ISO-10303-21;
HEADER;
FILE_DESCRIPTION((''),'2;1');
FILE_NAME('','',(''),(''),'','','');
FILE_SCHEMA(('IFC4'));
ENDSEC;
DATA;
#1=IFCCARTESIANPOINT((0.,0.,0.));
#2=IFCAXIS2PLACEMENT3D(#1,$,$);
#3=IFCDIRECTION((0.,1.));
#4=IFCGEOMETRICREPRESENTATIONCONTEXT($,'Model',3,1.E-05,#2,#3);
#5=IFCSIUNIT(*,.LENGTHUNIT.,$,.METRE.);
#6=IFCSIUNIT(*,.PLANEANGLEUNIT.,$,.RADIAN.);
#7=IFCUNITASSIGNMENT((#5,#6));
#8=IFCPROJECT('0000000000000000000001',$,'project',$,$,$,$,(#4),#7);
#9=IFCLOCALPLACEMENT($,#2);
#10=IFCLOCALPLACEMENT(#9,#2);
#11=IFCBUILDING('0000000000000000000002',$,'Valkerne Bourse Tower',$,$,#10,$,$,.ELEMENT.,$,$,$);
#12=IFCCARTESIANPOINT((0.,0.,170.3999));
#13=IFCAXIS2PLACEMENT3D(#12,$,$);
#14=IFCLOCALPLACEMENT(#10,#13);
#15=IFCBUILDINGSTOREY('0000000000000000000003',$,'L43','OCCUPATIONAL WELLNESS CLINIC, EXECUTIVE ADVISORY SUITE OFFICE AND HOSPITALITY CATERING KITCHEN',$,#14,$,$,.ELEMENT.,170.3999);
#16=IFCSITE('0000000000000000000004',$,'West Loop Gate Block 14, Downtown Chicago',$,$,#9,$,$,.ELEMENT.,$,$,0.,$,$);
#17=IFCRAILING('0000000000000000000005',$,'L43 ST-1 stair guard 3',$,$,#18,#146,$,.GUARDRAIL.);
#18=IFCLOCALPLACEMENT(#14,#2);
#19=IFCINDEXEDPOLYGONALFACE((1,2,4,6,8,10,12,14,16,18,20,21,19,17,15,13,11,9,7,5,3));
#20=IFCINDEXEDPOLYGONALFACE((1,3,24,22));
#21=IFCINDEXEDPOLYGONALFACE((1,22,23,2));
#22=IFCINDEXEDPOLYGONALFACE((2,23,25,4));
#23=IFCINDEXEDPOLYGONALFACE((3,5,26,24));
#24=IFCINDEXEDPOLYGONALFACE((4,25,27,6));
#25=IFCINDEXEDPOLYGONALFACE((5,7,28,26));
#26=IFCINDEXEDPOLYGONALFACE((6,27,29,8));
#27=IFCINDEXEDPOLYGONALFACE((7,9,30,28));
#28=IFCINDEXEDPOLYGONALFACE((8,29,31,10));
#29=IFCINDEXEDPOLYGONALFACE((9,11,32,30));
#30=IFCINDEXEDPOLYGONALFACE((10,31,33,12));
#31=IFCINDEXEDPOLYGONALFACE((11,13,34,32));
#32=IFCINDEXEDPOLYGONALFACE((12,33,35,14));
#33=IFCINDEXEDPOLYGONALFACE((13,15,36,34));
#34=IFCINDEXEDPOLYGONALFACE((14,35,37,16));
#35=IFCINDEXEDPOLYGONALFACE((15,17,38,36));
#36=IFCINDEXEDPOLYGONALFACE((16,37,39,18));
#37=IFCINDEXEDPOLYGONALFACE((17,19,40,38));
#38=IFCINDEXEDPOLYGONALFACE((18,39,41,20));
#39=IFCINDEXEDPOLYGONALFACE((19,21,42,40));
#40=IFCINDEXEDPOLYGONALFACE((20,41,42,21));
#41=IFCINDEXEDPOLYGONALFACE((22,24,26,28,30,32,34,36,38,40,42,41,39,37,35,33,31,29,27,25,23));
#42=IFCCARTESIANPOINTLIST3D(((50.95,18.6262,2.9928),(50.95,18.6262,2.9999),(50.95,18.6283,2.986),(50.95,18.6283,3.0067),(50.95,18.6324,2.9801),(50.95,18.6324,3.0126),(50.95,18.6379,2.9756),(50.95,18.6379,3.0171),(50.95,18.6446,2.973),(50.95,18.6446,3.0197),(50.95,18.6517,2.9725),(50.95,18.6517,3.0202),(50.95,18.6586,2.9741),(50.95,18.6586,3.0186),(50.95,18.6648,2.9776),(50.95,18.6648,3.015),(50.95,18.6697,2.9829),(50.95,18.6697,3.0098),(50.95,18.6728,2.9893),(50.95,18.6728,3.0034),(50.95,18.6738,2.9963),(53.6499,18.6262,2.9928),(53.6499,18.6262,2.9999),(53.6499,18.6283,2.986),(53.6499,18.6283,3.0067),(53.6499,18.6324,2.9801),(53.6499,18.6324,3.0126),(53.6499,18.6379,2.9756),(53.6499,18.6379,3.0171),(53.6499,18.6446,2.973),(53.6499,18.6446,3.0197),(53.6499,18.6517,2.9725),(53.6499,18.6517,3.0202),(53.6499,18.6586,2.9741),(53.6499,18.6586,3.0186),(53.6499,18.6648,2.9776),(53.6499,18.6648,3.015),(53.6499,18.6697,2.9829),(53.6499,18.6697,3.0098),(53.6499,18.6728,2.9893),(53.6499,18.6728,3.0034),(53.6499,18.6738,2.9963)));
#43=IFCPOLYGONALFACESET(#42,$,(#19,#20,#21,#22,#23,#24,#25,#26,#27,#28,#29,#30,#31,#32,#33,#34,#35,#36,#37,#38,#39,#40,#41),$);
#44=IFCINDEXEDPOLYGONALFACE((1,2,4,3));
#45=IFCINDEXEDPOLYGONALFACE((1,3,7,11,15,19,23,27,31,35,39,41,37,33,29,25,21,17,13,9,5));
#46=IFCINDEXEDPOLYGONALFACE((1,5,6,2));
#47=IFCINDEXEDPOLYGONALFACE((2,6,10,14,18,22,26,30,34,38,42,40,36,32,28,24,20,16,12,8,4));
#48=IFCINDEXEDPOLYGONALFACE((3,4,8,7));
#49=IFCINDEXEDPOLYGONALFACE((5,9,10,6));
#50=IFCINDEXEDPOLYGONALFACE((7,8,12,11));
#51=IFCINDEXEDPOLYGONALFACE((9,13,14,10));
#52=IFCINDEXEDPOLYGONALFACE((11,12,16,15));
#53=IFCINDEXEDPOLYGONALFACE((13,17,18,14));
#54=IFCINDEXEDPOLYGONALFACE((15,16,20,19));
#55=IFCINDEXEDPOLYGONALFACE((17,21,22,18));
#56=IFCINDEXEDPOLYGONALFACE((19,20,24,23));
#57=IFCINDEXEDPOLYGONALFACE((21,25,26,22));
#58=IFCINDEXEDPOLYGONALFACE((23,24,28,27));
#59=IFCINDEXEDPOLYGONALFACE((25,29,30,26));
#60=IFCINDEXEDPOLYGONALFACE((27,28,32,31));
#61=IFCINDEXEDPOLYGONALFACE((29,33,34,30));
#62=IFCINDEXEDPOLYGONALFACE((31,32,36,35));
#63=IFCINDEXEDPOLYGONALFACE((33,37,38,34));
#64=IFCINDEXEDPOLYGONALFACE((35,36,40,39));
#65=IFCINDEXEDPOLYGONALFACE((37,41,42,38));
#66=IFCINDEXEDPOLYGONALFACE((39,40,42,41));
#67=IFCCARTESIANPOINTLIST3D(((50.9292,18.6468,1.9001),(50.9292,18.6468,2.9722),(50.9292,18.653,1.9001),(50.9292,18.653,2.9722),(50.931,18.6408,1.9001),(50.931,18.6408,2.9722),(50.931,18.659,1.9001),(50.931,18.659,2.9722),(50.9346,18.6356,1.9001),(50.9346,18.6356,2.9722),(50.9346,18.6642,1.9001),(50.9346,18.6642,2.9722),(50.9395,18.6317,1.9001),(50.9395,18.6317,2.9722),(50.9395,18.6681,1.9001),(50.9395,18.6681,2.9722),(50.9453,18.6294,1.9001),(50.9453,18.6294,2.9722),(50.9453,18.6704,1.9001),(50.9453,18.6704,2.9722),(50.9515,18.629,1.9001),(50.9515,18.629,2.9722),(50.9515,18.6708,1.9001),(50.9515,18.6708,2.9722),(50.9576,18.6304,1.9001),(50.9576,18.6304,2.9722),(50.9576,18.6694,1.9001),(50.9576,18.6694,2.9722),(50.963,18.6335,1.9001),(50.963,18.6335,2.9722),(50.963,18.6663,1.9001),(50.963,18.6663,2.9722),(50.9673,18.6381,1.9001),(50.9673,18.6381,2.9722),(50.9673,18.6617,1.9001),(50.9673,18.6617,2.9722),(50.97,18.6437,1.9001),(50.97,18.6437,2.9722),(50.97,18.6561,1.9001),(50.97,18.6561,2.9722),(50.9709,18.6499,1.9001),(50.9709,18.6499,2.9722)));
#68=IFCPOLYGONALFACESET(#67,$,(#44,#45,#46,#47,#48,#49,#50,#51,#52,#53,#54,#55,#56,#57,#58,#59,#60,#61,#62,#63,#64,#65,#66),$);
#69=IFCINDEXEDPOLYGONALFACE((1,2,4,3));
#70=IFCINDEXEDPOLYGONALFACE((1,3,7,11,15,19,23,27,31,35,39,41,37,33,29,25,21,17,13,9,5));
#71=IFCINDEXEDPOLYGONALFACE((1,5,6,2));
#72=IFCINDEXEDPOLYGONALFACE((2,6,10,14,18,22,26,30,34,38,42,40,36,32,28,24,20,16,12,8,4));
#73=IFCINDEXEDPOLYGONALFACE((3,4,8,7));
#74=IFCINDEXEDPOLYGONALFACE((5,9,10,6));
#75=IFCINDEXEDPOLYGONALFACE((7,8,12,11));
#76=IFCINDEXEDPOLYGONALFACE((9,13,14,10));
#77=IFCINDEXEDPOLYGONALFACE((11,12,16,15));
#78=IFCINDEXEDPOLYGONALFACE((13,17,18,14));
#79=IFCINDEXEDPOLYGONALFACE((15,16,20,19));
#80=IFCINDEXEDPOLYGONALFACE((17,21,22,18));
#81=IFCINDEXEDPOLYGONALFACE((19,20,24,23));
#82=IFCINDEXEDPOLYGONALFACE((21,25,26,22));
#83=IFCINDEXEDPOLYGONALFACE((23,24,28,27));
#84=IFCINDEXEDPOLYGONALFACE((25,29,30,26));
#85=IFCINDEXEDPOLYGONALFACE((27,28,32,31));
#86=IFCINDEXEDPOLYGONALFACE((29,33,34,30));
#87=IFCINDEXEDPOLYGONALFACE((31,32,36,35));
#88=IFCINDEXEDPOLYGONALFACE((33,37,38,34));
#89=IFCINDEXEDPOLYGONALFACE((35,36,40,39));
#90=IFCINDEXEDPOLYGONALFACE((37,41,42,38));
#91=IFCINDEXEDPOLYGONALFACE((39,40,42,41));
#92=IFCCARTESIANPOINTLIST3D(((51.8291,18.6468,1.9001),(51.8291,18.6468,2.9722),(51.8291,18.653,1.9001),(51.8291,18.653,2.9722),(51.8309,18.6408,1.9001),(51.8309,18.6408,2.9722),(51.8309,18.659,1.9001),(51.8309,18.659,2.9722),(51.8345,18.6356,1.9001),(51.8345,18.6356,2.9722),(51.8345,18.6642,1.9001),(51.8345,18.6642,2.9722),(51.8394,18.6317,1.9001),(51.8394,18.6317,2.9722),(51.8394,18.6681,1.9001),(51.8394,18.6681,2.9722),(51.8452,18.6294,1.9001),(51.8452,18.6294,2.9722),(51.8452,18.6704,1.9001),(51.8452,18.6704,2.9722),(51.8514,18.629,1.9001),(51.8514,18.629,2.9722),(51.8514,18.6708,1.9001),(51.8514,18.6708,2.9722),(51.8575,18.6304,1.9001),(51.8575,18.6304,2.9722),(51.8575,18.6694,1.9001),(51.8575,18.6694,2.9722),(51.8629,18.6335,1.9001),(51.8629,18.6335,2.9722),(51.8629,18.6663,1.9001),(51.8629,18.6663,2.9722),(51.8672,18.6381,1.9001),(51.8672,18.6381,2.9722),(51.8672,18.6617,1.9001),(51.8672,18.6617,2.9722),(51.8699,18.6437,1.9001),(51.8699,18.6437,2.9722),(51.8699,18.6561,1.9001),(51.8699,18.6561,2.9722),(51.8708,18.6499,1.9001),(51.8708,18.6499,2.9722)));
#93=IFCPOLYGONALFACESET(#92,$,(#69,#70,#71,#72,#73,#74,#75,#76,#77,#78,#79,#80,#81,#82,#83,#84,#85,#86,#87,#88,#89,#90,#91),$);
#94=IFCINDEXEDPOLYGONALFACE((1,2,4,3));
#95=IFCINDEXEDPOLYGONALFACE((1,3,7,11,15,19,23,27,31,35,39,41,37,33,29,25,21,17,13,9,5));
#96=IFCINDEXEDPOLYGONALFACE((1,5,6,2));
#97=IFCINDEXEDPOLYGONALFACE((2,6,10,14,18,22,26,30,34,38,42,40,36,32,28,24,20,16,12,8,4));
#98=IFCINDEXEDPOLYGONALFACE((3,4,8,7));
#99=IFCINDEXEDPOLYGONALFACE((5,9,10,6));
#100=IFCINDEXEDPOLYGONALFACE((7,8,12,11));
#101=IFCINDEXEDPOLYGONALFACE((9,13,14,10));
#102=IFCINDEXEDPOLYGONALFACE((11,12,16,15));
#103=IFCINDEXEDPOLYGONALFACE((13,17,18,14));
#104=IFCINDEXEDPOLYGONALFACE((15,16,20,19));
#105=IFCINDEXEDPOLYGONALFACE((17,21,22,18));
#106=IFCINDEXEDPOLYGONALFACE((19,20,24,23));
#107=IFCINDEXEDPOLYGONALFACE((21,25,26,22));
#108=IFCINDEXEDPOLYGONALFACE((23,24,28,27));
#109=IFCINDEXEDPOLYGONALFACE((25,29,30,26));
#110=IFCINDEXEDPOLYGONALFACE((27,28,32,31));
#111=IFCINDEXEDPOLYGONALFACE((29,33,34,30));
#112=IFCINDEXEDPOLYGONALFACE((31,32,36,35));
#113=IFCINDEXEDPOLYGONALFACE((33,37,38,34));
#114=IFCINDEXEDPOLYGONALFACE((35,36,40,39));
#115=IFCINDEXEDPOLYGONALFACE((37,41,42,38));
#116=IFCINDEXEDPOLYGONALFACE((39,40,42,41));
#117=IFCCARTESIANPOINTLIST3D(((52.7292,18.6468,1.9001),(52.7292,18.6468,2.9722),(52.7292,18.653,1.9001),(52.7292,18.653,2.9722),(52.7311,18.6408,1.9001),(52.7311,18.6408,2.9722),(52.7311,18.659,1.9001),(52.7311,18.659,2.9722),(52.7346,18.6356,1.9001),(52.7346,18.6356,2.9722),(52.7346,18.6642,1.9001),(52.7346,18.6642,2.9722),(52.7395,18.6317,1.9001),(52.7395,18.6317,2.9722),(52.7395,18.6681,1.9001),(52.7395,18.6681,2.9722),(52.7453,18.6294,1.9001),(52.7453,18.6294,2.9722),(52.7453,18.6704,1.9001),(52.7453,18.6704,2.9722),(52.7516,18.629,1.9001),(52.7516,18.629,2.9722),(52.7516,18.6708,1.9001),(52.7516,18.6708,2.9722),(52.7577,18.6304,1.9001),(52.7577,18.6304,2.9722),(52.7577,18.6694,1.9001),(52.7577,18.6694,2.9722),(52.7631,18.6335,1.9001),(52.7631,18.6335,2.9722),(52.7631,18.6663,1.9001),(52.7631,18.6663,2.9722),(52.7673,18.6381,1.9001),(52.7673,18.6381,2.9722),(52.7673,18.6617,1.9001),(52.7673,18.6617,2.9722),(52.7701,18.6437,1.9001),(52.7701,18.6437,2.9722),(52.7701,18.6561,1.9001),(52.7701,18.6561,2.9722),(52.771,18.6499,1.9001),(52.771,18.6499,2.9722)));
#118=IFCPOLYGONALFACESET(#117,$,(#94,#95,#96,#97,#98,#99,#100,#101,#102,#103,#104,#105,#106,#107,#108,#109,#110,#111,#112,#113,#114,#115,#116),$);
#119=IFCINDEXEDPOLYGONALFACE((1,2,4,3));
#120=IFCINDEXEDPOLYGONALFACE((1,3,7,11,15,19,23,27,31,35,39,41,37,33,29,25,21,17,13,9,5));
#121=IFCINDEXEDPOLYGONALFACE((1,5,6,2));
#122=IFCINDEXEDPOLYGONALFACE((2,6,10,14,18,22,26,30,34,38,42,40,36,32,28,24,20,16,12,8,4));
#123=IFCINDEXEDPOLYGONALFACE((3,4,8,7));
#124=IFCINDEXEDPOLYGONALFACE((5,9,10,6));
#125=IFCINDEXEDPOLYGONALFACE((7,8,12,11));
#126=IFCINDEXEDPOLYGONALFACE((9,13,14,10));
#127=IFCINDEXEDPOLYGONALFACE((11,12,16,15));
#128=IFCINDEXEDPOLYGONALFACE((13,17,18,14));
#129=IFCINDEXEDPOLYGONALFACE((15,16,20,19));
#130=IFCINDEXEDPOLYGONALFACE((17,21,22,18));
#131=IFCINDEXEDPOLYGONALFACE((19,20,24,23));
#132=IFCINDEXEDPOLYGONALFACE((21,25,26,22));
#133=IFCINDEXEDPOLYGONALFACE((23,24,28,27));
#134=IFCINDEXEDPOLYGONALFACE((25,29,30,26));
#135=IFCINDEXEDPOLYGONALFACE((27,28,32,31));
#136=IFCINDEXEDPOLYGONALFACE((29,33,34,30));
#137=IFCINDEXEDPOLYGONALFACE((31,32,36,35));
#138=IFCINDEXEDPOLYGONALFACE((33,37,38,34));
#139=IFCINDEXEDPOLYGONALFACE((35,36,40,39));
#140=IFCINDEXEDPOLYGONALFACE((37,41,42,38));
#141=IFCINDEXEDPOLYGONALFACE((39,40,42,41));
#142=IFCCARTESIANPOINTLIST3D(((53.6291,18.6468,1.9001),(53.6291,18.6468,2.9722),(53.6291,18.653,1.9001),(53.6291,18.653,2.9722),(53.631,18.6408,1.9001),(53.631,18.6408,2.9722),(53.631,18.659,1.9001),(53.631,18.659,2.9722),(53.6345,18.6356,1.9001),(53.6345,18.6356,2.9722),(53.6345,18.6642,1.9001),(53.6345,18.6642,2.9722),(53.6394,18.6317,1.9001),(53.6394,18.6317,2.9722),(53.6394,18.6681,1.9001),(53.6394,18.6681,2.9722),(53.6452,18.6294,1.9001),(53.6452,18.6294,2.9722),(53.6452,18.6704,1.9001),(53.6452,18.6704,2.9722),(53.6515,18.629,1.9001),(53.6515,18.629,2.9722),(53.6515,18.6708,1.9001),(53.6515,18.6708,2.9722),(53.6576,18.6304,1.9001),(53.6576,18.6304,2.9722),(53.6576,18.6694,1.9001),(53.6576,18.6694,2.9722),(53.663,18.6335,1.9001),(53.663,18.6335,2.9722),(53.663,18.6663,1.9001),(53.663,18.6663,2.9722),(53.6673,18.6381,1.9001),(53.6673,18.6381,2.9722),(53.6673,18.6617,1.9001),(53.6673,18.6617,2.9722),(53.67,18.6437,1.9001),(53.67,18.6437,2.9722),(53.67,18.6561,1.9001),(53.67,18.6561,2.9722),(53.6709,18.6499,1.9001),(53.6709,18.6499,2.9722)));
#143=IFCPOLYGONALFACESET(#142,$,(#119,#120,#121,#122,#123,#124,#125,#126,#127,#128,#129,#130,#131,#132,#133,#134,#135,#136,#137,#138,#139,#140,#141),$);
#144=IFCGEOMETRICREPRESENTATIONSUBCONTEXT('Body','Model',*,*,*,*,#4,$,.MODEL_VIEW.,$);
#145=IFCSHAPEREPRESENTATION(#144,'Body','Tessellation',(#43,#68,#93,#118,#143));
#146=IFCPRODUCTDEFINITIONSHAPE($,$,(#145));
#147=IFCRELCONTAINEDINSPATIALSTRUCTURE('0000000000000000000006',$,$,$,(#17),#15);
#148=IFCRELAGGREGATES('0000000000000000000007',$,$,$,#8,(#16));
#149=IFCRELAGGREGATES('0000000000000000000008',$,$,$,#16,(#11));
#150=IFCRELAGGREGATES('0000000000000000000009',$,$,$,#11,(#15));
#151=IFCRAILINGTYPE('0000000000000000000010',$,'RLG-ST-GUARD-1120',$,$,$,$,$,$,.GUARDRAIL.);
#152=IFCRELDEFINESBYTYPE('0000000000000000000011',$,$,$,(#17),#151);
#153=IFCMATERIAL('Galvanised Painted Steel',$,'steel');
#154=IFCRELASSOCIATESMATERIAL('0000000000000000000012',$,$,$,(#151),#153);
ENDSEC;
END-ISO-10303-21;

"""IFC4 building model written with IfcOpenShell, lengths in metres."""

from ifc_helpers import new_model, si_unit, direction, frame, origin, origin_2d, place, context, subcontext, project, spatial, circle, extrude, material, type_object, element, save


model = new_model("IFC4")

# Units and contexts
model_context = context("Model", 3, precision=1e-05, world=origin(), true_north=direction((0.0, 1.0)))
body_context = subcontext(model_context, "Body", "Model", "MODEL_VIEW")
ifc_project = project(units=[si_unit("LENGTHUNIT", "METRE"), si_unit("PLANEANGLEUNIT", "RADIAN")], contexts=[model_context])

# Site, building, storey
site_placement = place(None, origin())
site = spatial("IfcSite", under=ifc_project, at=site_placement, Name="West Loop Gate Block 14, Downtown Chicago", CompositionType="ELEMENT", RefElevation=0.0)
building_placement = place(site_placement, origin())
building = spatial("IfcBuilding", under=site, at=building_placement, Name="Valkerne Bourse Tower", CompositionType="ELEMENT")
storey_placement = place(building_placement, frame((0.0, 0.0, 170.3999)))
storey = spatial("IfcBuildingStorey", under=building, at=storey_placement, Name="L43", Description="OCCUPATIONAL WELLNESS CLINIC, EXECUTIVE ADVISORY SUITE OFFICE AND HOSPITALITY CATERING KITCHEN", CompositionType="ELEMENT", Elevation=170.3999)

# Shared definitions
ifc_material_1 = material(Name="Galvanised Painted Steel", Category="steel")

# Railing
railing_type_1 = type_object("IfcRailingType", Name="RLG-ST-GUARD-1120", PredefinedType="GUARDRAIL", material=ifc_material_1)
for number, where, name in (
    (1, (50.95, 18.6499, 1.9001), "L43 ST-1 stair guard 3"),
):
    element("IfcRailing", number, at=place(storey_placement, frame(where)), inside=storey, type_object=railing_type_1, Name=name, PredefinedType="GUARDRAIL", context=body_context, shape_type="SweptSolid", body=[
        extrude(circle(Radius=0.0239, at=origin_2d()), frame((0.0, 0.0, 1.0962), z_axis=(1.0, 0.0, 0.0), x_axis=(0.0, 1.0, 0.0)), (0.0, 0.0, 1.0), 2.7),
        extrude(circle(Radius=0.021, at=origin_2d()), origin(), (0.0, 0.0, 1.0), 1.072),
        extrude(circle(Radius=0.021, at=origin_2d()), frame((0.8999, 0.0, 0.0)), (0.0, 0.0, 1.0), 1.072),
        extrude(circle(Radius=0.021, at=origin_2d()), frame((1.8, 0.0, 0.0)), (0.0, 0.0, 1.0), 1.072),
        extrude(circle(Radius=0.021, at=origin_2d()), frame((2.7, 0.0, 0.0)), (0.0, 0.0, 1.0), 1.072),
    ])

save(model, "model.ifc")
